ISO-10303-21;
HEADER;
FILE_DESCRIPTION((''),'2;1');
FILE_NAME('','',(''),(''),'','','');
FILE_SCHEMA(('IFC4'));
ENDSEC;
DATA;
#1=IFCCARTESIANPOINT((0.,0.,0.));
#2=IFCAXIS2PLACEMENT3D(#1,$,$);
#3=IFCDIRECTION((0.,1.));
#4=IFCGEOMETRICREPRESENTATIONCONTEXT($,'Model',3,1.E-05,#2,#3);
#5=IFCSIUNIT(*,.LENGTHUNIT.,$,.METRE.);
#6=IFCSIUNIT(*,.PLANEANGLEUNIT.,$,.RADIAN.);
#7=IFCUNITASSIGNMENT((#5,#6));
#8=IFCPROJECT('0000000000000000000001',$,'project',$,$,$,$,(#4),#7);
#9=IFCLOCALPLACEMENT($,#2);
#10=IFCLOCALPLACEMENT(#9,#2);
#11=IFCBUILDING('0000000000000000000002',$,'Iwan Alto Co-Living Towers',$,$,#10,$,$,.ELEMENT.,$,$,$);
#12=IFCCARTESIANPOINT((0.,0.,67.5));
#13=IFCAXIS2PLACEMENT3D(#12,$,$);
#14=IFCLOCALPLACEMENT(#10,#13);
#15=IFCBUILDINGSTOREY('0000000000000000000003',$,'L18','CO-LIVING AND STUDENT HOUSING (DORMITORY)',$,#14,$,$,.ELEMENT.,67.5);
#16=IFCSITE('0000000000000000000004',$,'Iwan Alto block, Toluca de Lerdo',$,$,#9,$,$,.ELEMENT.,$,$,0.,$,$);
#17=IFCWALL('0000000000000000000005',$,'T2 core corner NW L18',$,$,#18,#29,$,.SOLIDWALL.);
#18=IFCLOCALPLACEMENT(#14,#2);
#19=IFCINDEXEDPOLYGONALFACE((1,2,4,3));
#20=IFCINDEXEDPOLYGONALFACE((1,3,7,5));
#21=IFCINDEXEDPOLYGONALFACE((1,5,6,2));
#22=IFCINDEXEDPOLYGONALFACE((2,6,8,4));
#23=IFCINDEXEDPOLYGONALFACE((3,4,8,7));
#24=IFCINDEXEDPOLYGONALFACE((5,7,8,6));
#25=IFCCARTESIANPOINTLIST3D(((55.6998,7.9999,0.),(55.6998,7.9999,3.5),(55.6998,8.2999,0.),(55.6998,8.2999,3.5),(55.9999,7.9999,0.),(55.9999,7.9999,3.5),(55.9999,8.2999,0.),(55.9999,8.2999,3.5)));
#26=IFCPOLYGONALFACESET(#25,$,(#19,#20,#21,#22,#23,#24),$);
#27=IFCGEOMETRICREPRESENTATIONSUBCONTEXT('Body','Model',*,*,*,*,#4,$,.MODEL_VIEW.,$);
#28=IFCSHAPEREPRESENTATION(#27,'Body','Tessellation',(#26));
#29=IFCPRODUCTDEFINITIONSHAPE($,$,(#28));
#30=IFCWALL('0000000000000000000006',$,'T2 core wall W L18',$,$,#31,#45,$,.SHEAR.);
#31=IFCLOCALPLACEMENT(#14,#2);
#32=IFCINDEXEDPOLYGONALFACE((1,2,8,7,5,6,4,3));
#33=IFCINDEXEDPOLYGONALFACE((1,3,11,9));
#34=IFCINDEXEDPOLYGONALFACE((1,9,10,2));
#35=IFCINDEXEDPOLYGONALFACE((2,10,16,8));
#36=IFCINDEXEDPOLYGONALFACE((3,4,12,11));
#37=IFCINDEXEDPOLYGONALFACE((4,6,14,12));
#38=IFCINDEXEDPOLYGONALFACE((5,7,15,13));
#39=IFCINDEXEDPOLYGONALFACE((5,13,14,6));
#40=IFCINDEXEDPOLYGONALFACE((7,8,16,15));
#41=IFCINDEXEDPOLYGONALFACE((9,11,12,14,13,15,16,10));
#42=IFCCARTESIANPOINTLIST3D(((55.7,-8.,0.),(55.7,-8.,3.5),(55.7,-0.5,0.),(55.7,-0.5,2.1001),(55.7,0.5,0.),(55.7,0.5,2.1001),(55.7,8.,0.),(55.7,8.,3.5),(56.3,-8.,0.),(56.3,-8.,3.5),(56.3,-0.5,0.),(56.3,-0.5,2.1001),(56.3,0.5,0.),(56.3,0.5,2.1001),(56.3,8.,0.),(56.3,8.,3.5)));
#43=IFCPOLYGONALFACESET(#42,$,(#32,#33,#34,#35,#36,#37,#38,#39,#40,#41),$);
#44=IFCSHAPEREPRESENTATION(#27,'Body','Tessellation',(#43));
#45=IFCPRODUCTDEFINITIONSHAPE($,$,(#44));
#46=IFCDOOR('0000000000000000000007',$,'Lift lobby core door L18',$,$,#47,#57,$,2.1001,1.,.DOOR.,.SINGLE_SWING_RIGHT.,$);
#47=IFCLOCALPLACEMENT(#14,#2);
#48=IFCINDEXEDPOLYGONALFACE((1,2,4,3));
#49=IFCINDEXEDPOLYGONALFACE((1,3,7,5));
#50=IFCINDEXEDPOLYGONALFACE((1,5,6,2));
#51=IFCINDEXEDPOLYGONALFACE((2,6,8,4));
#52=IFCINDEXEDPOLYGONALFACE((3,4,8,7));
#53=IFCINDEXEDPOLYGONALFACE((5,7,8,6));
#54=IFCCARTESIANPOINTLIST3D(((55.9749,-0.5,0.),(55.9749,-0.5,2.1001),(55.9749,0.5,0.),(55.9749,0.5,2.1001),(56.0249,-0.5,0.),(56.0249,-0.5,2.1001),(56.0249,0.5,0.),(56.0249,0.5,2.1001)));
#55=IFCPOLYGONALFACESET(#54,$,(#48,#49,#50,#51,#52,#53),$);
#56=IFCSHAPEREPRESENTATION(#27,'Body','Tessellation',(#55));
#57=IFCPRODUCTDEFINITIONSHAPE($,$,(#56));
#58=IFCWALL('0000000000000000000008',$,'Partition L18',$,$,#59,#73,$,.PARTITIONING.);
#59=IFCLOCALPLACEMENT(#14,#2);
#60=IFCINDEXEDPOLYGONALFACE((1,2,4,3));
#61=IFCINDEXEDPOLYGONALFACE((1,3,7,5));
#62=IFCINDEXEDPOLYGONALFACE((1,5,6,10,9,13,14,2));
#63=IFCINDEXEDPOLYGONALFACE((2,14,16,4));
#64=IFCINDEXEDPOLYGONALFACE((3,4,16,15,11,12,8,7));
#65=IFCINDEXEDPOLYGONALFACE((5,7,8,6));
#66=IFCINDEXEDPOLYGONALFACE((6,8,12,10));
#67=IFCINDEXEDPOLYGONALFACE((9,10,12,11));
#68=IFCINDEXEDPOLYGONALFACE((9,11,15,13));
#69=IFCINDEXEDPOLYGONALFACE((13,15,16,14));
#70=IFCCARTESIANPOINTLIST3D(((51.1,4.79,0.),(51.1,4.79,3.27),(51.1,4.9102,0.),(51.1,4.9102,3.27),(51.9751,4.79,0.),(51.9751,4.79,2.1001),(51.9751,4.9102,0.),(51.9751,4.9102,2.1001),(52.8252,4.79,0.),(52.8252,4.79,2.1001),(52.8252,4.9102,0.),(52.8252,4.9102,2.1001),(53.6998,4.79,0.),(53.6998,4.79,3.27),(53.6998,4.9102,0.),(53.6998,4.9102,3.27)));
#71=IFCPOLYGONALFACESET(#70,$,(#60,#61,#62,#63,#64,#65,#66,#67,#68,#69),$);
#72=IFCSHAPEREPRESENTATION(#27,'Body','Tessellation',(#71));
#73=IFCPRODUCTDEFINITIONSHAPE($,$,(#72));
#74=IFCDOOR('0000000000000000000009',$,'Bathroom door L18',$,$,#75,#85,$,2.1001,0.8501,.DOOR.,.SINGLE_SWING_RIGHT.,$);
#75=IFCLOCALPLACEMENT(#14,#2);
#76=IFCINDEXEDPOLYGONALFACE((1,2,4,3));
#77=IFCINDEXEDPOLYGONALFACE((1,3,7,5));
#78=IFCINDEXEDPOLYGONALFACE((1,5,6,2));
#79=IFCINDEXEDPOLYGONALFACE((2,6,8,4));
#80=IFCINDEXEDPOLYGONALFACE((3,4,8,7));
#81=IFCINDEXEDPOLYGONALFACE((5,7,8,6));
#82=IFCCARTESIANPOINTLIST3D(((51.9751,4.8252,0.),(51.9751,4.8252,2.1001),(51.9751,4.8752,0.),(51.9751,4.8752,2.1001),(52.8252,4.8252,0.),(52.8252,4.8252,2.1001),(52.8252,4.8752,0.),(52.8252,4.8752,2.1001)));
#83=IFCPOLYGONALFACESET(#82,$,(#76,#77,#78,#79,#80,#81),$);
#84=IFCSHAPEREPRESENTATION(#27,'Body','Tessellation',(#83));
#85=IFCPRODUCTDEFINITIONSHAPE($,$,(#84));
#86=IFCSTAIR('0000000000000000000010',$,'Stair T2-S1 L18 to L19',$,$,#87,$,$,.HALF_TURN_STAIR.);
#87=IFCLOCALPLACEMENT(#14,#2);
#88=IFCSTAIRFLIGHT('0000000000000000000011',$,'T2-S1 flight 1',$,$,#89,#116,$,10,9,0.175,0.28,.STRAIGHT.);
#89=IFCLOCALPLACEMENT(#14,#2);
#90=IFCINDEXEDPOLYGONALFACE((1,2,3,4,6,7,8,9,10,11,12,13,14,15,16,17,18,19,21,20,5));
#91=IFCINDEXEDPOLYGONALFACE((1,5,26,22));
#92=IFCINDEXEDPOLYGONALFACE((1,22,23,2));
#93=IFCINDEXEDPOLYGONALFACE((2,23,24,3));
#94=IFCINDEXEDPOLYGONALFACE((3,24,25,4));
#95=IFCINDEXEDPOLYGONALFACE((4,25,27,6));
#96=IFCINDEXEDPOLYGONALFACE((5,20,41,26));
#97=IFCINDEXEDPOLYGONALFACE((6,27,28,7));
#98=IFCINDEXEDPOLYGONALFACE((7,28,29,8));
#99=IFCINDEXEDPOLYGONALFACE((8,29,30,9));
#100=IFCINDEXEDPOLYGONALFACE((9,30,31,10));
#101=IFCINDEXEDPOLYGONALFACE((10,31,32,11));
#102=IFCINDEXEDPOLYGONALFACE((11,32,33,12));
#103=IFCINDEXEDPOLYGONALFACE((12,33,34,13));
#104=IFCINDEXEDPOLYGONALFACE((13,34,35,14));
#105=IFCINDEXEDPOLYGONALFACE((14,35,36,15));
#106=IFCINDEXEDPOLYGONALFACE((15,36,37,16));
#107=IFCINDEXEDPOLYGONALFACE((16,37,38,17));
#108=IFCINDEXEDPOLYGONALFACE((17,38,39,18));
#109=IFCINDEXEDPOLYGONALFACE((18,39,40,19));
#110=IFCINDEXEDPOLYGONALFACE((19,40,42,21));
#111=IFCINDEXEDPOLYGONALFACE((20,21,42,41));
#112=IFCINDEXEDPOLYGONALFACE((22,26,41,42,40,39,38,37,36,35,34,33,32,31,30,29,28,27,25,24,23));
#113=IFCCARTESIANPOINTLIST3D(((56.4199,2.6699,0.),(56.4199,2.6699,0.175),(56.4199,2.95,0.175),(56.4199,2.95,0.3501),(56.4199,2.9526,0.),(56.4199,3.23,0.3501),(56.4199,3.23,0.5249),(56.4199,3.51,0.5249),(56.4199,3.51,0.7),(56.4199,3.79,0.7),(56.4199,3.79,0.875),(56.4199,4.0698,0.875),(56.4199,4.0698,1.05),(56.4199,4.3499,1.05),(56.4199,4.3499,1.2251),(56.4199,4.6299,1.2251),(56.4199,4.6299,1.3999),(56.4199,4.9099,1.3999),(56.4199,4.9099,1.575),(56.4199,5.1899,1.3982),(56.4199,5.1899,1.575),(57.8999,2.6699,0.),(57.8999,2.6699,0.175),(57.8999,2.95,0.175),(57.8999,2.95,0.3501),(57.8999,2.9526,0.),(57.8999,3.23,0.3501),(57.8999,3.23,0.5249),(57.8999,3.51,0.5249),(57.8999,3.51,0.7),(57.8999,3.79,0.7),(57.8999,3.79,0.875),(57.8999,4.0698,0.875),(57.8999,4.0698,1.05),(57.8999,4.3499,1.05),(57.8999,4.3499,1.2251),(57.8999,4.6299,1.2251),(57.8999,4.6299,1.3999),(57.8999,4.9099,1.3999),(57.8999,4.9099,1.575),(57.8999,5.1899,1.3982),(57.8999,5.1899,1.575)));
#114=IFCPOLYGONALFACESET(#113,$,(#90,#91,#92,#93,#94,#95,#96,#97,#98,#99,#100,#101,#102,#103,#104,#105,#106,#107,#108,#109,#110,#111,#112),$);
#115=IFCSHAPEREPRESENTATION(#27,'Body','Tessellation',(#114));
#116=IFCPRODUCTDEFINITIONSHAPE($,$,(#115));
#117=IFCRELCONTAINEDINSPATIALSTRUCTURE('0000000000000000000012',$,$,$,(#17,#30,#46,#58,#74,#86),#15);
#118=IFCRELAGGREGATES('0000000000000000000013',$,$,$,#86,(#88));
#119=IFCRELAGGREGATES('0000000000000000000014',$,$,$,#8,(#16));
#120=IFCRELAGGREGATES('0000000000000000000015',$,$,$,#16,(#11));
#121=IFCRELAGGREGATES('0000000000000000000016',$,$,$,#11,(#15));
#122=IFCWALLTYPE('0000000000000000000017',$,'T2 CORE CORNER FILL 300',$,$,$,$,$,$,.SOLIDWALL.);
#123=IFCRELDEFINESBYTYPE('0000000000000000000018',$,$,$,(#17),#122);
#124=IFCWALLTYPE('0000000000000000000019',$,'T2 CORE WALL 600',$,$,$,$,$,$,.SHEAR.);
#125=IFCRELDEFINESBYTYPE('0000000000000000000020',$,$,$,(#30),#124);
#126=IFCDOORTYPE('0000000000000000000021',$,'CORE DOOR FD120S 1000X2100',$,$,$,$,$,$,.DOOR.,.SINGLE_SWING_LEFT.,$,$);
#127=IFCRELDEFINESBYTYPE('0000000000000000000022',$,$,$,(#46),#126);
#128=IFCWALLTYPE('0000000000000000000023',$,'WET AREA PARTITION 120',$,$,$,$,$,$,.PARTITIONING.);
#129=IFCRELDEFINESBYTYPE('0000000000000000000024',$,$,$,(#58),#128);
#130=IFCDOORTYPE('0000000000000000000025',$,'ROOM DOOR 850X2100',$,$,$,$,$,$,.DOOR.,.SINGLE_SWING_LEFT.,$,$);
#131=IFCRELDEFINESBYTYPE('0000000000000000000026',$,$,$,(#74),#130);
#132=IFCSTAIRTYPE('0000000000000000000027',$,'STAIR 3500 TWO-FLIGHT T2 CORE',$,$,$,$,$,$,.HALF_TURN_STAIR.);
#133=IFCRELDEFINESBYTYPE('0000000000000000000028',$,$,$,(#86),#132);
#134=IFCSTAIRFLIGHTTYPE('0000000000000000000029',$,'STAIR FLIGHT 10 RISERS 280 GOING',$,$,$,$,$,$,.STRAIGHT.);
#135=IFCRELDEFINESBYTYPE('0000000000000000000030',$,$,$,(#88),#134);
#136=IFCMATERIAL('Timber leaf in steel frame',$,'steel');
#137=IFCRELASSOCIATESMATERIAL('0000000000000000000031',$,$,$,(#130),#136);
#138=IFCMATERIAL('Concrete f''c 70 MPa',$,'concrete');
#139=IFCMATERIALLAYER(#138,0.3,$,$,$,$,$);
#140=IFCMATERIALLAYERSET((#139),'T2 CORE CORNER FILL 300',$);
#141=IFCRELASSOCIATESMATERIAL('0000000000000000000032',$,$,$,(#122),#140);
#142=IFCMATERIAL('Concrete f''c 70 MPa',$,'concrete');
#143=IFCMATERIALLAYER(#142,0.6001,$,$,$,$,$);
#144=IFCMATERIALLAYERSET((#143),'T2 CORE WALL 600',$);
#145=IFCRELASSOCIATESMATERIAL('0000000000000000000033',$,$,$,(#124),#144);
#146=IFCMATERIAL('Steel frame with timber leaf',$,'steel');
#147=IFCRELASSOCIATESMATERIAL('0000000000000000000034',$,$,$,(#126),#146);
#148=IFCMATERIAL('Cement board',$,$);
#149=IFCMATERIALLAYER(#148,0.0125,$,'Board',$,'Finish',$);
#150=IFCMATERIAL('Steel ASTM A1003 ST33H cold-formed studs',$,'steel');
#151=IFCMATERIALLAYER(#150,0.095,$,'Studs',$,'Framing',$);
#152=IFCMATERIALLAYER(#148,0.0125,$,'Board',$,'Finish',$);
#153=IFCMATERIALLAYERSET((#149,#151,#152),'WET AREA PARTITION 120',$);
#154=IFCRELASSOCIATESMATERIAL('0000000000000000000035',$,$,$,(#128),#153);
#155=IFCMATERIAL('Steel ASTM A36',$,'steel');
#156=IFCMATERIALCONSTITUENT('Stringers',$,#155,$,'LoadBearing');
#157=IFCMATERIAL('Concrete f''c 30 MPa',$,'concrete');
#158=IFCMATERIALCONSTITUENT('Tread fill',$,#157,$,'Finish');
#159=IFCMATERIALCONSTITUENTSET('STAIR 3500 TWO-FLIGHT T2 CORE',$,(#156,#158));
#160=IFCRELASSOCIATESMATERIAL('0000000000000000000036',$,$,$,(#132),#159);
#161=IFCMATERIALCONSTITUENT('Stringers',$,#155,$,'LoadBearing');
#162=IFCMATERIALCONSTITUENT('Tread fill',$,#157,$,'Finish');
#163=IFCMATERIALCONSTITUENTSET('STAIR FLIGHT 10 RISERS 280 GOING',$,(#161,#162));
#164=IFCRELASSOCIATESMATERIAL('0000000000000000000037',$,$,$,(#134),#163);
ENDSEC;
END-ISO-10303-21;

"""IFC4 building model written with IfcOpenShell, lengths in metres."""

from ifc_helpers import new_model, si_unit, direction, frame, frame_2d, origin, place, context, subcontext, project, spatial, polyline, rectangle, outline, extrude, material, layer, layer_set, constituent, constituent_set, type_object, element, fill, aggregate, save


model = new_model("IFC4")

# Units and contexts
model_context = context("Model", 3, precision=1e-05, world=origin(), true_north=direction((0.0, 1.0)))
body_context = subcontext(model_context, "Body", "Model", "MODEL_VIEW")
ifc_project = project(units=[si_unit("LENGTHUNIT", "METRE"), si_unit("PLANEANGLEUNIT", "RADIAN")], contexts=[model_context])

# Site, building, storey
site_placement = place(None, origin())
site = spatial("IfcSite", under=ifc_project, at=site_placement, Name="Iwan Alto block, Toluca de Lerdo", CompositionType="ELEMENT", RefElevation=0.0)
building_placement = place(site_placement, origin())
building = spatial("IfcBuilding", under=site, at=building_placement, Name="Iwan Alto Co-Living Towers", CompositionType="ELEMENT")
storey_placement = place(building_placement, frame((0.0, 0.0, 67.5)))
storey = spatial("IfcBuildingStorey", under=building, at=storey_placement, Name="L18", Description="CO-LIVING AND STUDENT HOUSING (DORMITORY)", CompositionType="ELEMENT", Elevation=67.5)

# Shared definitions
ifc_material_1 = material(Name="Steel ASTM A1003 ST33H cold-formed studs", Category="steel")

# Shared definitions
ifc_material_2 = material(Name="Timber leaf in steel frame", Category="steel")
door_type_1 = type_object("IfcDoorType", Name="ROOM DOOR 850X2100", OperationType="SINGLE_SWING_LEFT", PredefinedType="DOOR", material=ifc_material_2)

# Wall
ifc_material_3 = material(Name="Concrete f'c 70 MPa", Category="concrete")
ifc_layer_1 = layer(ifc_material_3, 0.3)
ifc_layer_set_1 = layer_set([ifc_layer_1], Name="T2 CORE CORNER FILL 300")
wall_type_1 = type_object("IfcWallType", Name="T2 CORE CORNER FILL 300", PredefinedType="SOLIDWALL", material=ifc_layer_set_1)
wall_1_placement = place(storey_placement, frame((55.7, 8.1499, 0.0), z_axis=(0.0, 0.0, 1.0), x_axis=(1.0, 0.0, 0.0)))
element("IfcWall", 1, at=wall_1_placement, inside=storey, type_object=wall_type_1, Name="T2 core corner NW L18", PredefinedType="SOLIDWALL", context=body_context, shape_type="SweptSolid", body=[
    extrude(rectangle(XDim=0.3, YDim=0.3, at=frame_2d((0.1499, 0.0))), origin(), (0.0, 0.0, 1.0), 3.5),
])

# Walls, openings, doors
ifc_material_4 = material(Name="Concrete f'c 70 MPa", Category="concrete")
ifc_layer_2 = layer(ifc_material_4, 0.6001)
ifc_layer_set_2 = layer_set([ifc_layer_2], Name="T2 CORE WALL 600")
wall_type_2 = type_object("IfcWallType", Name="T2 CORE WALL 600", PredefinedType="SHEAR", material=ifc_layer_set_2)
wall_2_placement = place(storey_placement, frame((56.0, 8.0, 0.0), z_axis=(0.0, 0.0, 1.0), x_axis=(0.0, -1.0, 0.0)))
wall_2 = element("IfcWall", 2, at=wall_2_placement, inside=storey, type_object=wall_type_2, Name="T2 core wall W L18", PredefinedType="SHEAR", context=body_context, shape_type="SweptSolid", body=[
    extrude(rectangle(XDim=16.0, YDim=0.6001, at=frame_2d((8.0, 0.0))), origin(), (0.0, 0.0, 1.0), 3.5),
])
opening_1_placement = place(wall_2_placement, frame((7.5, 0.0, 0.0)))
opening_1 = element("IfcOpeningElement", 3, at=opening_1_placement, cuts=wall_2, PredefinedType="OPENING", context=body_context, shape_type="SweptSolid", body=[
    extrude(rectangle(XDim=1.0, YDim=2.1001, at=frame_2d((0.5, 1.05))), frame((0.0, 0.3101, 0.0), z_axis=(0.0, -1.0, 0.0), x_axis=(1.0, 0.0, 0.0)), (0.0, 0.0, 1.0), 0.6201),
])
ifc_material_5 = material(Name="Steel frame with timber leaf", Category="steel")
door_type_2 = type_object("IfcDoorType", Name="CORE DOOR FD120S 1000X2100", OperationType="SINGLE_SWING_LEFT", PredefinedType="DOOR", material=ifc_material_5)
door_1_placement = place(opening_1_placement, origin())
door_1 = element("IfcDoor", 4, at=door_1_placement, inside=storey, type_object=door_type_2, Name="Lift lobby core door L18", OperationType="SINGLE_SWING_RIGHT", OverallHeight=2.1001, OverallWidth=1.0, PredefinedType="DOOR", context=body_context, shape_type="SweptSolid", body=[
    extrude(rectangle(XDim=1.0, YDim=2.1001, at=frame_2d((0.5, 1.05))), frame((0.0, 0.0249, 0.0), z_axis=(0.0, -1.0, 0.0), x_axis=(1.0, 0.0, 0.0)), (0.0, 0.0, 1.0), 0.05),
])
fill(opening_1, door_1)
ifc_material_6 = material(Name="Cement board")
ifc_layer_3 = layer(ifc_material_6, 0.0125, Name="Board", Category="Finish")
ifc_layer_4 = layer(ifc_material_1, 0.095, Name="Studs", Category="Framing")
ifc_layer_5 = layer(ifc_material_6, 0.0125, Name="Board", Category="Finish")
ifc_layer_set_3 = layer_set([ifc_layer_3, ifc_layer_4, ifc_layer_5], Name="WET AREA PARTITION 120")
wall_type_3 = type_object("IfcWallType", Name="WET AREA PARTITION 120", PredefinedType="PARTITIONING", material=ifc_layer_set_3)
wall_3_placement = place(storey_placement, frame((51.1001, 4.8501, 0.0), z_axis=(0.0, 0.0, 1.0), x_axis=(1.0, 0.0, 0.0)))
wall_3 = element("IfcWall", 5, at=wall_3_placement, inside=storey, type_object=wall_type_3, Name="Partition L18", PredefinedType="PARTITIONING", context=body_context, shape_type="SweptSolid", body=[
    extrude(rectangle(XDim=2.5999, YDim=0.1201, at=frame_2d((1.2998, 0.0))), origin(), (0.0, 0.0, 1.0), 3.27),
])
opening_2_placement = place(wall_3_placement, frame((0.875, 0.0, 0.0)))
opening_2 = element("IfcOpeningElement", 6, at=opening_2_placement, cuts=wall_3, PredefinedType="OPENING", context=body_context, shape_type="SweptSolid", body=[
    extrude(rectangle(XDim=0.8501, YDim=2.1001, at=frame_2d((0.425, 1.05))), frame((0.0, 0.0701, 0.0), z_axis=(0.0, -1.0, 0.0), x_axis=(1.0, 0.0, 0.0)), (0.0, 0.0, 1.0), 0.1401),
])
door_2_placement = place(opening_2_placement, frame((0.8501, 0.0, 0.0), z_axis=(0.0, 0.0, 1.0), x_axis=(-1.0, 0.0, 0.0)))
door_2 = element("IfcDoor", 7, at=door_2_placement, inside=storey, type_object=door_type_1, Name="Bathroom door L18", OperationType="SINGLE_SWING_RIGHT", OverallHeight=2.1001, OverallWidth=0.8501, PredefinedType="DOOR", context=body_context, shape_type="SweptSolid", body=[
    extrude(rectangle(XDim=0.8501, YDim=2.1001, at=frame_2d((0.425, 1.05))), frame((0.0, 0.0249, 0.0), z_axis=(0.0, -1.0, 0.0), x_axis=(1.0, 0.0, 0.0)), (0.0, 0.0, 1.0), 0.05),
])
fill(opening_2, door_2)

# Stair, stair flight
ifc_material_7 = material(Name="Steel ASTM A36", Category="steel")
ifc_constituent_1 = constituent(ifc_material_7, Name="Stringers", Category="LoadBearing")
ifc_material_8 = material(Name="Concrete f'c 30 MPa", Category="concrete")
ifc_constituent_2 = constituent(ifc_material_8, Name="Tread fill", Category="Finish")
ifc_constituent_set_1 = constituent_set(constituents=[ifc_constituent_1, ifc_constituent_2], Name="STAIR 3500 TWO-FLIGHT T2 CORE")
stair_type = type_object("IfcStairType", Name="STAIR 3500 TWO-FLIGHT T2 CORE", PredefinedType="HALF_TURN_STAIR", material=ifc_constituent_set_1)
stair_placement = place(storey_placement, origin())
stair = element("IfcStair", 8, at=stair_placement, inside=storey, type_object=stair_type, Name="Stair T2-S1 L18 to L19", PredefinedType="HALF_TURN_STAIR")
ifc_constituent_3 = constituent(ifc_material_7, Name="Stringers", Category="LoadBearing")
ifc_constituent_4 = constituent(ifc_material_8, Name="Tread fill", Category="Finish")
ifc_constituent_set_2 = constituent_set(constituents=[ifc_constituent_3, ifc_constituent_4], Name="STAIR FLIGHT 10 RISERS 280 GOING")
stair_flight_type = type_object("IfcStairFlightType", Name="STAIR FLIGHT 10 RISERS 280 GOING", PredefinedType="STRAIGHT", material=ifc_constituent_set_2)
stair_flight_placement = place(storey_placement, frame((57.1599, 2.6699, 0.0), z_axis=(0.0, 0.0, 1.0), x_axis=(0.0, 1.0, 0.0)))
stair_flight = element("IfcStairFlight", 9, at=stair_flight_placement, type_object=stair_flight_type, Name="T2-S1 flight 1", NumberOfRisers=10, NumberOfTreads=9, PredefinedType="STRAIGHT", RiserHeight=0.175, TreadLength=0.28, context=body_context, shape_type="SweptSolid", body=[
    extrude(outline(polyline([(0.0, 0.0), (0.0, 0.175), (0.28, 0.175), (0.28, 0.3501), (0.5601, 0.3501), (0.5601, 0.5249), (0.8401, 0.5249), (0.8401, 0.7), (1.1201, 0.7), (1.1201, 0.875), (1.3999, 0.875), (1.3999, 1.05), (1.6799, 1.05), (1.6799, 1.2251), (1.96, 1.2251), (1.96, 1.3999), (2.24, 1.3999), (2.24, 1.575), (2.52, 1.575), (2.52, 1.75), (2.52, 1.3982), (0.2827, 0.0), (0.0, 0.0)])), frame((0.0, 0.74, 0.0), z_axis=(0.0, -1.0, 0.0), x_axis=(1.0, 0.0, 0.0)), (0.0, 0.0, 1.0), 1.48),
])
aggregate(stair, [stair_flight])

save(model, "model.ifc")
